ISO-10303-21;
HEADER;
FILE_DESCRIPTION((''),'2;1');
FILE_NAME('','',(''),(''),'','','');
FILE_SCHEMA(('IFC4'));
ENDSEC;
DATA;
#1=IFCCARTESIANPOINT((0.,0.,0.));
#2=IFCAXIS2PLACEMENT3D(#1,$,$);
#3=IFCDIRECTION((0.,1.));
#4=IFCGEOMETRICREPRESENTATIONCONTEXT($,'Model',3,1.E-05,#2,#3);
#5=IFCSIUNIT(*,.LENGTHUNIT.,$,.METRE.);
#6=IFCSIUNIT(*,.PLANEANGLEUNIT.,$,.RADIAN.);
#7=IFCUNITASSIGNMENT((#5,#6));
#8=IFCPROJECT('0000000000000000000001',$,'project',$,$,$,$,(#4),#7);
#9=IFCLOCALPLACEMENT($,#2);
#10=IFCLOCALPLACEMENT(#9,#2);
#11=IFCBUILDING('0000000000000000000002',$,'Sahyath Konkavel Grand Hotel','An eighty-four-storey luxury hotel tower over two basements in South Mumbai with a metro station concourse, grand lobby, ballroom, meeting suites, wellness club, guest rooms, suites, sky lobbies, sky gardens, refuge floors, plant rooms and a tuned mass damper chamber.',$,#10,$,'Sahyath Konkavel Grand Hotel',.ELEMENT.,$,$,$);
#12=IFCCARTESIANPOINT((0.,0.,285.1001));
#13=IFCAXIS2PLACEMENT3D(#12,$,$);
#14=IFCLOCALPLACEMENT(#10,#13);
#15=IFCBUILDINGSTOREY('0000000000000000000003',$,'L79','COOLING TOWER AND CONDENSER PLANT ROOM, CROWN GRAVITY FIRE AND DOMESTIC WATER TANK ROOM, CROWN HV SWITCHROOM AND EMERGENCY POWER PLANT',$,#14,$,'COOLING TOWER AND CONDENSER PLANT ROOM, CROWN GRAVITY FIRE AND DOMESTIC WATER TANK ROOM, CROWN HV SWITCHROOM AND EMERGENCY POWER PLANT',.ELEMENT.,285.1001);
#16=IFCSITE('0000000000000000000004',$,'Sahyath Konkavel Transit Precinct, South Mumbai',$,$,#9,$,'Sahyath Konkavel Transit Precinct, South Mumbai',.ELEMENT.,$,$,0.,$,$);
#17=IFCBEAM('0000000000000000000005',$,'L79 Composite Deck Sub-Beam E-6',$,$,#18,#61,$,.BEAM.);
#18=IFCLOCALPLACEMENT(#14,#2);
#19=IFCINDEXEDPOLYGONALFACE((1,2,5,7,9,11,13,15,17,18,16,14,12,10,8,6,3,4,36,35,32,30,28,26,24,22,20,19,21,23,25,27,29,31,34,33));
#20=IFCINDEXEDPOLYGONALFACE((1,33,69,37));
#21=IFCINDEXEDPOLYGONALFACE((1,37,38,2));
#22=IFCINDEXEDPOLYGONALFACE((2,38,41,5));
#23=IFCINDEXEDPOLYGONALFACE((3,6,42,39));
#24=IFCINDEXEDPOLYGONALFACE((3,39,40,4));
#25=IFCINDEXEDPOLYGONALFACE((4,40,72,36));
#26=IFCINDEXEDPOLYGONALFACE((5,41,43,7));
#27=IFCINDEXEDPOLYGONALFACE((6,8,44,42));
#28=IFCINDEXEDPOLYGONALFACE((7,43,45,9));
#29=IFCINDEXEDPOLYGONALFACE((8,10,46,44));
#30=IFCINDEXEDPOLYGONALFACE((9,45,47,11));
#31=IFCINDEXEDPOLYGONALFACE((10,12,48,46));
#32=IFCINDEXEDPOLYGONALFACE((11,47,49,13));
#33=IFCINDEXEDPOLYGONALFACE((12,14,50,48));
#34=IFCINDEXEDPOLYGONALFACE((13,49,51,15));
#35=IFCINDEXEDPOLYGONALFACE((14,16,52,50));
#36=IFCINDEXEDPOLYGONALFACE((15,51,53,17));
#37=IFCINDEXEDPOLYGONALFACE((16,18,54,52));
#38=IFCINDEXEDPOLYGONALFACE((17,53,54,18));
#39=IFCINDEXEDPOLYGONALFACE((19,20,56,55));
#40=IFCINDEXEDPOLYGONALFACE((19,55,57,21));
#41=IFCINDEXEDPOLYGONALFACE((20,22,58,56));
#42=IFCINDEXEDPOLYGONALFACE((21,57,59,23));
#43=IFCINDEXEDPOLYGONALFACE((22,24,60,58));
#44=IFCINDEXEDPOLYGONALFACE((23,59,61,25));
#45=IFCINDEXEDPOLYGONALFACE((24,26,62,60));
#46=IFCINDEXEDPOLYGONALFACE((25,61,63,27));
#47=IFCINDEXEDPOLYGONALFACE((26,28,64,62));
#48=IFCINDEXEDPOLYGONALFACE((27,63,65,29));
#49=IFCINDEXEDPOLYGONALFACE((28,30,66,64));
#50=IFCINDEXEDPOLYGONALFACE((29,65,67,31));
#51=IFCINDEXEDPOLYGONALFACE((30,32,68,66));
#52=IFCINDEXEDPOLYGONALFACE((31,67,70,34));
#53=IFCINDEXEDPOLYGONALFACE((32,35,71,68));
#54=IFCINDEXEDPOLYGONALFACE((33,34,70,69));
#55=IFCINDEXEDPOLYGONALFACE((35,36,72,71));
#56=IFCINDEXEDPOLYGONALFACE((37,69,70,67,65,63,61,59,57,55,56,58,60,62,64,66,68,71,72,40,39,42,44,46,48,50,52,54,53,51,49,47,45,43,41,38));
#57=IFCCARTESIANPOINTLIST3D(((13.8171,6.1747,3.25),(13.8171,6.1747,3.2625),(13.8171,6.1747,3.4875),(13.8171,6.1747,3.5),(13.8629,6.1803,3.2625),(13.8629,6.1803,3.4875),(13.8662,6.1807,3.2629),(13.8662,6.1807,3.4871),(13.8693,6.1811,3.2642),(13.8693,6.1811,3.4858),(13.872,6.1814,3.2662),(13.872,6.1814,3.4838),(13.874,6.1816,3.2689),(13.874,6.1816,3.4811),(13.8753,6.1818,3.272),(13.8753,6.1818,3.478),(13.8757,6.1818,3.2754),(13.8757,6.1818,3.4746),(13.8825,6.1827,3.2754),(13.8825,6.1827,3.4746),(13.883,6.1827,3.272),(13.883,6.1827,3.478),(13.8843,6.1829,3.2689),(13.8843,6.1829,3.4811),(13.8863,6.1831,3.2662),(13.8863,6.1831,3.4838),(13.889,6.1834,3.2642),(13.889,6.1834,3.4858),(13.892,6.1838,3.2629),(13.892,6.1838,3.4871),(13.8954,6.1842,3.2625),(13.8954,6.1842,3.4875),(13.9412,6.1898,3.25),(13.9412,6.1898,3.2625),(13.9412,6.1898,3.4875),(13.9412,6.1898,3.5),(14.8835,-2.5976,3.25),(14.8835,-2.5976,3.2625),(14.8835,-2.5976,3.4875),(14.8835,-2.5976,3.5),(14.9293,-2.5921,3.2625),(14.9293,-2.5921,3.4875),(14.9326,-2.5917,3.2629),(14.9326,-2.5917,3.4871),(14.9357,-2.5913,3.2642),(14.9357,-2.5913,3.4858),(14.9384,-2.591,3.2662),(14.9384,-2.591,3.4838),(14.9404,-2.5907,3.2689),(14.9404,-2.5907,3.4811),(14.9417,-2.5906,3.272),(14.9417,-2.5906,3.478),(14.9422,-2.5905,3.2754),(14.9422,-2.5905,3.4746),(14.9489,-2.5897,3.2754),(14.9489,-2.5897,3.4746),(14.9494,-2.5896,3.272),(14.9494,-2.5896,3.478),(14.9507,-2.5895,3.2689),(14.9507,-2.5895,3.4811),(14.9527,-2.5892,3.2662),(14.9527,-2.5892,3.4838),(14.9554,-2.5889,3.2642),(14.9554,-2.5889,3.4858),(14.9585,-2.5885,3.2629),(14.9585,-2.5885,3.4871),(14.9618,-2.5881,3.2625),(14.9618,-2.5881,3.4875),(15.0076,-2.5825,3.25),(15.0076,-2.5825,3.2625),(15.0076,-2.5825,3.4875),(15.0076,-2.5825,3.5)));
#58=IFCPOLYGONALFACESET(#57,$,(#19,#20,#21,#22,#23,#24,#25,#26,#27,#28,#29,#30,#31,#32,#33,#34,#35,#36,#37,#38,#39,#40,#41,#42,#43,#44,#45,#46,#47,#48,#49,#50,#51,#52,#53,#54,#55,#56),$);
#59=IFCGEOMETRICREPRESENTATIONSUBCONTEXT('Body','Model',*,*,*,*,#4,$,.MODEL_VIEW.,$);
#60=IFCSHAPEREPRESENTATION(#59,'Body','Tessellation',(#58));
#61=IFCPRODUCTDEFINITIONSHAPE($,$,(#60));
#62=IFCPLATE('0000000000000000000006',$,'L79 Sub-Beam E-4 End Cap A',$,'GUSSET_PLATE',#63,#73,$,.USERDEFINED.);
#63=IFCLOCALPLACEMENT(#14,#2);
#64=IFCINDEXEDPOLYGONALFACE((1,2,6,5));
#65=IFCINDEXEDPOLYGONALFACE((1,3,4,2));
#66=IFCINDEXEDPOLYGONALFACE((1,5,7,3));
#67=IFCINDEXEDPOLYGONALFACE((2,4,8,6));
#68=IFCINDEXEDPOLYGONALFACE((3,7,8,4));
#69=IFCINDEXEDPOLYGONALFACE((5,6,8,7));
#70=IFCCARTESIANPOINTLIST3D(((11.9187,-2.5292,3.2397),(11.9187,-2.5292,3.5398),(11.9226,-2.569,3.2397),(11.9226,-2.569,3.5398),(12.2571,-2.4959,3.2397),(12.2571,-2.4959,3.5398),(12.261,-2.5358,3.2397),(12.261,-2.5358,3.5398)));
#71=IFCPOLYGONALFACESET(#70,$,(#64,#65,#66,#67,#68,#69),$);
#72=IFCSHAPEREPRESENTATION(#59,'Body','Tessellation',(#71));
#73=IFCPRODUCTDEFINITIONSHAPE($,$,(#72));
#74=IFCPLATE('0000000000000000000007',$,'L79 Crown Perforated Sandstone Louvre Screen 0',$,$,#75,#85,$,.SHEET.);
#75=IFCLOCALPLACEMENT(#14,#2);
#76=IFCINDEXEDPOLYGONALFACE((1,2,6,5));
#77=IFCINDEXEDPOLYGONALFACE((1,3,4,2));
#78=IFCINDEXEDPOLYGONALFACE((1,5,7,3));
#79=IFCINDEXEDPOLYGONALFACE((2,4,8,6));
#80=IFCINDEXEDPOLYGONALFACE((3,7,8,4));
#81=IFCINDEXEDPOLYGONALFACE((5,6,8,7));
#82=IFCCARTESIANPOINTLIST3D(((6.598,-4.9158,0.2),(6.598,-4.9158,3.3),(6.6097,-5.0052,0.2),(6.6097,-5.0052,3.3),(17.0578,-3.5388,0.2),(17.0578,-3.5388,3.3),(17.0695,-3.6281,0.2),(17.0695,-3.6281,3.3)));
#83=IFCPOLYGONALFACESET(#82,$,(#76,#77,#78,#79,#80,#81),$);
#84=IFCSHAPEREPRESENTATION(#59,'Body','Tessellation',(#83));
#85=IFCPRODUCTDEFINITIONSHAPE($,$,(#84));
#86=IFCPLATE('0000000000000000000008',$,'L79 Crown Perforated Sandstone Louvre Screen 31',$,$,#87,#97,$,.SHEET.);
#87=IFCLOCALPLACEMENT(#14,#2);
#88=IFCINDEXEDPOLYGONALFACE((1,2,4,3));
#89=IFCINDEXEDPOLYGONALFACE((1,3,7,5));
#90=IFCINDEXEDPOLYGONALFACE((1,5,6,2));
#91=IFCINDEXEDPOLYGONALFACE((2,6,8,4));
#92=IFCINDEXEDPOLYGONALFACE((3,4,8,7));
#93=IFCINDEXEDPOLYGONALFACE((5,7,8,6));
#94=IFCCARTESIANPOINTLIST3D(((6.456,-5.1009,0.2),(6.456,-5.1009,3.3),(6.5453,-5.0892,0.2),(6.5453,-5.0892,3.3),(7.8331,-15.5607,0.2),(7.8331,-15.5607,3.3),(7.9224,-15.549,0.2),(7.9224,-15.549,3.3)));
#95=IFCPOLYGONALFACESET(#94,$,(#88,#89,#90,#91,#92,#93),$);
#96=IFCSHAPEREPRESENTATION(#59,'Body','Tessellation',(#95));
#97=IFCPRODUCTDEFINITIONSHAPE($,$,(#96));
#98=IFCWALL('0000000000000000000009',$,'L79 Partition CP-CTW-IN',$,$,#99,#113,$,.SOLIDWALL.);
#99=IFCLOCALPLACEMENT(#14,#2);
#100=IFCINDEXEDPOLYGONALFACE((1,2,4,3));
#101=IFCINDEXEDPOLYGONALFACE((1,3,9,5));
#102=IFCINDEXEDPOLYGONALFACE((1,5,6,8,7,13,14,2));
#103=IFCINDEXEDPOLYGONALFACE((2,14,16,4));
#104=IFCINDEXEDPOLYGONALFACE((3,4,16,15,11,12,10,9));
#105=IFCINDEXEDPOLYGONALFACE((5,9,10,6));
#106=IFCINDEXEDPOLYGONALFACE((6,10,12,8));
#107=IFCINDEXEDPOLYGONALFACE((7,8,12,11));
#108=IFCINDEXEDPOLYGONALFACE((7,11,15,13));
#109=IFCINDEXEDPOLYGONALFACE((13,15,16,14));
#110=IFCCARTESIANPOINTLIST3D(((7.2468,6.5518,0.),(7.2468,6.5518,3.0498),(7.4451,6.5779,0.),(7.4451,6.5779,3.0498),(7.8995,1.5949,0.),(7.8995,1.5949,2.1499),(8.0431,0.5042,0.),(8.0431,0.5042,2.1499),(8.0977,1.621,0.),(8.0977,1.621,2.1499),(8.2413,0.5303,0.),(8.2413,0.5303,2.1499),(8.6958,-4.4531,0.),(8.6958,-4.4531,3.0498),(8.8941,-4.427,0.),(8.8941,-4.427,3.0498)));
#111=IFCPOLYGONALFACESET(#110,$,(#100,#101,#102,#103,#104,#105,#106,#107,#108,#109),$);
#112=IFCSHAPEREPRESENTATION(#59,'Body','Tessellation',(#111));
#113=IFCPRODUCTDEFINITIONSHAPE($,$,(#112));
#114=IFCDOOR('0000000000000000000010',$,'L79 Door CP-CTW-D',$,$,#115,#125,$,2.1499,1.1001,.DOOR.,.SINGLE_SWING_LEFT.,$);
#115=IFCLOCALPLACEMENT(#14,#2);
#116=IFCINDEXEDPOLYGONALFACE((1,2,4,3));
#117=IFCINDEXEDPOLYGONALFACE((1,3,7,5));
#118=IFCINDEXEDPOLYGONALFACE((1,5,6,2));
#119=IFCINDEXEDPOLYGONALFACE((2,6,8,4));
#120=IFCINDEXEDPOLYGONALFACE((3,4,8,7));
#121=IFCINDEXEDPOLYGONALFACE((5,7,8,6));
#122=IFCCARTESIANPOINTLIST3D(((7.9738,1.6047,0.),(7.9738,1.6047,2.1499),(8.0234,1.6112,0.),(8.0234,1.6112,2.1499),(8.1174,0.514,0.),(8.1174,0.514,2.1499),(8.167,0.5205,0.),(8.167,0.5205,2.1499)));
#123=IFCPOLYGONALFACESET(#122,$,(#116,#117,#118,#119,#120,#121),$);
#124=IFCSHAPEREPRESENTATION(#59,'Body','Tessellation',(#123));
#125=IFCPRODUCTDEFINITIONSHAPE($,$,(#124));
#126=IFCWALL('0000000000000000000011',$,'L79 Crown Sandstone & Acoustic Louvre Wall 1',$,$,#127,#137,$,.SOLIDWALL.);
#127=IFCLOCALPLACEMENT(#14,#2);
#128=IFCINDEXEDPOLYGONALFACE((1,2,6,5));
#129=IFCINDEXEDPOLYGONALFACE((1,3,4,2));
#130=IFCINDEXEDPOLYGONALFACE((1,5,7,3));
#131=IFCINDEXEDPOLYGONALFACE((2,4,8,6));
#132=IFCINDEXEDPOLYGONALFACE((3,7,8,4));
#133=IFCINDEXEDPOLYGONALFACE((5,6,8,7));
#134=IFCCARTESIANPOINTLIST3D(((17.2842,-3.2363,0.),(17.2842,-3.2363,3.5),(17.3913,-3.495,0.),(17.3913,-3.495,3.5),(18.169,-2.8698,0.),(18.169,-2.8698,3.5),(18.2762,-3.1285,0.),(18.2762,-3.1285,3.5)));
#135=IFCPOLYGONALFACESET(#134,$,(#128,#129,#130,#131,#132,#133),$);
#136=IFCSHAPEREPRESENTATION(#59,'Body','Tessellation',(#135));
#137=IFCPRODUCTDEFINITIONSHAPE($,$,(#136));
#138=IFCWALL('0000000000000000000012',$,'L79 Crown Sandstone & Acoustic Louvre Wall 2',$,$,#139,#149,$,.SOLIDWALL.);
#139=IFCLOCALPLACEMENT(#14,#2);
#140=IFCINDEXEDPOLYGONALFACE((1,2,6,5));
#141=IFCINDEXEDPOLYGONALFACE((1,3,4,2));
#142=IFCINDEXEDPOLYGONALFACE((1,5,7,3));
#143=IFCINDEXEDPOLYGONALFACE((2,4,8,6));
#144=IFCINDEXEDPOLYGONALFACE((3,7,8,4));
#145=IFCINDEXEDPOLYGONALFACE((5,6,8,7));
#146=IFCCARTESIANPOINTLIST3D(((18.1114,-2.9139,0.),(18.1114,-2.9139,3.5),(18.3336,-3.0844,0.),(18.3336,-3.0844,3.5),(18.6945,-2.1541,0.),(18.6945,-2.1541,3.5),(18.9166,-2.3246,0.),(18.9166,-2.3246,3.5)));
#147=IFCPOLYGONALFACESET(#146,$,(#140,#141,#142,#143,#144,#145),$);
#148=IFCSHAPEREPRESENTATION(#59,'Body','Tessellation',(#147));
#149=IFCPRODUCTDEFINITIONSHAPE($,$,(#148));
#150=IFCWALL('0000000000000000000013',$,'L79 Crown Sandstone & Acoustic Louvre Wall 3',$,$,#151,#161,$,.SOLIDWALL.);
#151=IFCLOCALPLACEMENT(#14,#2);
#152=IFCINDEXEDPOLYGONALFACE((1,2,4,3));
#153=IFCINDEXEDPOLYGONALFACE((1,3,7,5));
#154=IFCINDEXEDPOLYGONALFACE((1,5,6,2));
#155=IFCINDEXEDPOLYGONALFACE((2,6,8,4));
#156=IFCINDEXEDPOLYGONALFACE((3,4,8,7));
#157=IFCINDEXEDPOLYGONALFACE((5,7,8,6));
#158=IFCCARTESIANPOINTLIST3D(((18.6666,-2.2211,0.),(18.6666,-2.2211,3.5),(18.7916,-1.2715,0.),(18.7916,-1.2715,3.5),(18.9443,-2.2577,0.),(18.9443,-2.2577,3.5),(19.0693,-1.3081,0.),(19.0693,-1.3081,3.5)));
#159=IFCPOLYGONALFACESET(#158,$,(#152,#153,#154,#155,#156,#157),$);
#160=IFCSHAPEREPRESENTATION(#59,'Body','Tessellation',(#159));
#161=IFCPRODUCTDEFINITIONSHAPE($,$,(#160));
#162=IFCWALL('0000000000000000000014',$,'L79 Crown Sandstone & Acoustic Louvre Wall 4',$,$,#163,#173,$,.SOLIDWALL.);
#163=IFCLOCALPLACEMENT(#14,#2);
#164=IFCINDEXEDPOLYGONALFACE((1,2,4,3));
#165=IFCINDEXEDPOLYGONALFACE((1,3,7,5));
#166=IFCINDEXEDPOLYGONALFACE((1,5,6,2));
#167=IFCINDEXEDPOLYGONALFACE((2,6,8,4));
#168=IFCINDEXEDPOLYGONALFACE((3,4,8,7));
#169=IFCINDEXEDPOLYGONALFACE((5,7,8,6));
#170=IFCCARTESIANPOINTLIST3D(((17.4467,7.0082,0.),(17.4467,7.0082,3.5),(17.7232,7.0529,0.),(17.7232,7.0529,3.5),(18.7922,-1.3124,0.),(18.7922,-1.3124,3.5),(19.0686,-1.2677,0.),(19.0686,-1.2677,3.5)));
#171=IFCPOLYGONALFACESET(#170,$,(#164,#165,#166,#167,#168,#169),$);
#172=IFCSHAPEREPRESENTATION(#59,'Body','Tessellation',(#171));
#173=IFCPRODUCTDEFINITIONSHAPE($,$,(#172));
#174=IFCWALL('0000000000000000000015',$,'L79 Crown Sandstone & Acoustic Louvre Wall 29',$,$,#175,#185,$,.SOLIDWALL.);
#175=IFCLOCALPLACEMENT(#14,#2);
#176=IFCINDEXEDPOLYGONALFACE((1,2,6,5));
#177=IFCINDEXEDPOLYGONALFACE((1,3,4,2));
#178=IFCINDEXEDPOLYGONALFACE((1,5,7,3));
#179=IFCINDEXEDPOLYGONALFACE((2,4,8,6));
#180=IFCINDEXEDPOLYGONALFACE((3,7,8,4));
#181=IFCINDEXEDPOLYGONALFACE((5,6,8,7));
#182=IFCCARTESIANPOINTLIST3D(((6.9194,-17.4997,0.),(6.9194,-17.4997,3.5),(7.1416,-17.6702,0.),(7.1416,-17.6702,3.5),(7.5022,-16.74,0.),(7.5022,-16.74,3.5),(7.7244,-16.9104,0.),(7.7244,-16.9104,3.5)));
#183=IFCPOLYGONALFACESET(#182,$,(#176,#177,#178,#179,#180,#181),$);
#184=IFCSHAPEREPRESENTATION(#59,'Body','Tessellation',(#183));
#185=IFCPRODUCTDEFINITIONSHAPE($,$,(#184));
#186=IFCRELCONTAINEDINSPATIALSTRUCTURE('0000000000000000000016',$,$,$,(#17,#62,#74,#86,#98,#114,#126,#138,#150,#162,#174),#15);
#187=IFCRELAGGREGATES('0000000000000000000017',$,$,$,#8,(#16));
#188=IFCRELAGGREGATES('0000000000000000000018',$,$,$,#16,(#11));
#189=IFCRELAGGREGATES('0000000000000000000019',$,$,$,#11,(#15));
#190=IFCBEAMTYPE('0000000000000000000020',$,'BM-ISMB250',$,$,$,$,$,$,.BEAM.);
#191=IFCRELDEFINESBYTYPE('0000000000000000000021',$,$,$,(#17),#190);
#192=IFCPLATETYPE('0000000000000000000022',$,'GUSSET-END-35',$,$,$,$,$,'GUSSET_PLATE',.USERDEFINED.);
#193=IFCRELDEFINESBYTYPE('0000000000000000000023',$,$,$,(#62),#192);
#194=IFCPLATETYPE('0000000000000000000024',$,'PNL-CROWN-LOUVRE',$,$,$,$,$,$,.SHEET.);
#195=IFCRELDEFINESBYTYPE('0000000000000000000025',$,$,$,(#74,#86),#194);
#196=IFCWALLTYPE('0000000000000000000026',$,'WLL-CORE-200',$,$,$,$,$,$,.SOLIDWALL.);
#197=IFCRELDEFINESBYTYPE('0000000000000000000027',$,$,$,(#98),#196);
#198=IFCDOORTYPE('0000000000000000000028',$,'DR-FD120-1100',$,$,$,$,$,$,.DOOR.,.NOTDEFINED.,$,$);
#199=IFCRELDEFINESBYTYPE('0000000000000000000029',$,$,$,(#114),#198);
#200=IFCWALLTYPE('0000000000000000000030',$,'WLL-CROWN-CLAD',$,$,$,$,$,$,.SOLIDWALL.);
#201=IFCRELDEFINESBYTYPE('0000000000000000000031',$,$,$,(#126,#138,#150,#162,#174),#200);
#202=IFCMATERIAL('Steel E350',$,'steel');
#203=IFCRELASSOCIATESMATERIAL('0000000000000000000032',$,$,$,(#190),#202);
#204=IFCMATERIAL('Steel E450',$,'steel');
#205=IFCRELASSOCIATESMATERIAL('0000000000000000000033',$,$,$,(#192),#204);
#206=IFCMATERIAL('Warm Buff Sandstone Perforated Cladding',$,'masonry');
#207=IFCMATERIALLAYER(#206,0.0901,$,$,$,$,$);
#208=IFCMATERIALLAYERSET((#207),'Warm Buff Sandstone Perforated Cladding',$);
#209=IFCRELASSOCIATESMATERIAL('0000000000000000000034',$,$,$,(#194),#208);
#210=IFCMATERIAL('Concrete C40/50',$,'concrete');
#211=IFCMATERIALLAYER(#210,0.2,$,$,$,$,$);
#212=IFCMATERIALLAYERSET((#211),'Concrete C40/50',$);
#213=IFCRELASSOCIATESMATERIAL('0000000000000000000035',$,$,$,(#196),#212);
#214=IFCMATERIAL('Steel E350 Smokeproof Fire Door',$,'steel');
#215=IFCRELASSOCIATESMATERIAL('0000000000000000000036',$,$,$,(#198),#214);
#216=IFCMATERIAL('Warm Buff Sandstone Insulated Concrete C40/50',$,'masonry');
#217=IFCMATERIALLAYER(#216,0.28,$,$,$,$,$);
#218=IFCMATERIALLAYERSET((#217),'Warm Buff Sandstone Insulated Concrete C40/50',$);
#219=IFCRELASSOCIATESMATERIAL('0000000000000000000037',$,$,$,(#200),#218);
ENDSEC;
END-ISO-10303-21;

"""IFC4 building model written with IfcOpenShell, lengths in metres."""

from ifc_helpers import new_model, si_unit, direction, frame, frame_2d, origin, origin_2d, place, context, subcontext, project, spatial, rectangle, i_section, extrude, source, transform, mapped, material, layer, layer_set, material_profile, profile_set, type_object, element, fill, save


model = new_model("IFC4")

# Units and contexts
model_context = context("Model", 3, precision=1e-05, world=origin(), true_north=direction((0.0, 1.0)))
body_context = subcontext(model_context, "Body", "Model", "MODEL_VIEW")
ifc_project = project(units=[si_unit("LENGTHUNIT", "METRE"), si_unit("PLANEANGLEUNIT", "RADIAN")], contexts=[model_context])

# Site, building, storey
site_placement = place(None, origin())
site = spatial("IfcSite", under=ifc_project, at=site_placement, Name="Sahyath Konkavel Transit Precinct, South Mumbai", LongName="Sahyath Konkavel Transit Precinct, South Mumbai", CompositionType="ELEMENT", RefElevation=0.0)
building_placement = place(site_placement, origin())
building = spatial("IfcBuilding", under=site, at=building_placement, Name="Sahyath Konkavel Grand Hotel", Description="An eighty-four-storey luxury hotel tower over two basements in South Mumbai with a metro station concourse, grand lobby, ballroom, meeting suites, wellness club, guest rooms, suites, sky lobbies, sky gardens, refuge floors, plant rooms and a tuned mass damper chamber.", LongName="Sahyath Konkavel Grand Hotel", CompositionType="ELEMENT")
storey_placement = place(building_placement, frame((0.0, 0.0, 285.1001)))
storey = spatial("IfcBuildingStorey", under=building, at=storey_placement, Name="L79", Description="COOLING TOWER AND CONDENSER PLANT ROOM, CROWN GRAVITY FIRE AND DOMESTIC WATER TANK ROOM, CROWN HV SWITCHROOM AND EMERGENCY POWER PLANT", LongName="COOLING TOWER AND CONDENSER PLANT ROOM, CROWN GRAVITY FIRE AND DOMESTIC WATER TANK ROOM, CROWN HV SWITCHROOM AND EMERGENCY POWER PLANT", CompositionType="ELEMENT", Elevation=285.1001)

# Shared definitions
ifc_material_1 = material(Name="Concrete C40/50", Category="concrete")

# Beam
ifc_material_2 = material(Name="Steel E350", Category="steel")
ifc_material_profile_1 = material_profile(ifc_material_2, i_section(OverallWidth=0.125, OverallDepth=0.25, WebThickness=0.0068, FlangeThickness=0.0125, FilletRadius=0.0129, at=origin_2d()), Name="ISMB 250")
ifc_profile_set_1 = profile_set([ifc_material_profile_1], Name="Steel E350")
beam_type_1 = type_object("IfcBeamType", Name="BM-ISMB250", PredefinedType="BEAM", material=ifc_profile_set_1)
shared_shape_1 = source(origin(), body_context, "Body", "SweptSolid", [
    extrude(i_section(OverallWidth=0.125, OverallDepth=0.25, WebThickness=0.0068, FlangeThickness=0.0125, FilletRadius=0.0129, at=origin_2d()), origin(), (0.0, 0.0, 1.0), 8.8369),
])
beam_1_placement = place(storey_placement, frame((14.9456, -2.5901, 3.375), z_axis=(-0.120678, 0.992692, 0.0), x_axis=(-0.992692, -0.120678, 0.0)))
element("IfcBeam", 1, at=beam_1_placement, inside=storey, type_object=beam_type_1, Name="L79 Composite Deck Sub-Beam E-6", PredefinedType="BEAM", context=body_context, shape_type="MappedRepresentation", body=[
    mapped(shared_shape_1, transform((0.0, 0.0, 0.0), scale=1.0)),
])

# Plates
ifc_material_3 = material(Name="Steel E450", Category="steel")
plate_type_1 = type_object("IfcPlateType", Name="GUSSET-END-35", ElementType="GUSSET_PLATE", PredefinedType="USERDEFINED", material=ifc_material_3)
shared_shape_2 = source(origin(), body_context, "Body", "SweptSolid", [
    extrude(rectangle(XDim=0.04, YDim=0.3401, at=origin_2d()), origin(), (0.0, 0.0, 1.0), 0.3),
])
plate_placement = place(storey_placement, frame((12.0898, -2.5325, 3.2397), z_axis=(0.0, 0.0, 1.0), x_axis=(-0.097791, 0.995207, 0.0)))
element("IfcPlate", 2, at=plate_placement, inside=storey, type_object=plate_type_1, Name="L79 Sub-Beam E-4 End Cap A", ObjectType="GUSSET_PLATE", PredefinedType="USERDEFINED", context=body_context, shape_type="MappedRepresentation", body=[
    mapped(shared_shape_2, transform((0.0, 0.0, 0.0), scale=1.0)),
])
ifc_material_4 = material(Name="Warm Buff Sandstone Perforated Cladding", Category="masonry")
ifc_layer_1 = layer(ifc_material_4, 0.0901)
ifc_layer_set_1 = layer_set([ifc_layer_1], Name="Warm Buff Sandstone Perforated Cladding")
plate_type_2 = type_object("IfcPlateType", Name="PNL-CROWN-LOUVRE", PredefinedType="SHEET", material=ifc_layer_set_1)
shared_shape_3 = source(origin(), body_context, "Body", "SweptSolid", [
    extrude(rectangle(XDim=10.55, YDim=0.0901, at=origin_2d()), origin(), (0.0, 0.0, 1.0), 3.1001),
])
for number, where, z_axis, x_axis, name in (
    (3, (11.8337, -4.272, 0.2), (0.0, 0.0, 1.0), (0.991445, 0.130526, 0.0), "L79 Crown Perforated Sandstone Louvre Screen 0"),
    (4, (7.1892, -10.325, 0.2), (0.0, 0.0, 1.0), (-0.130526, 0.991445, 0.0), "L79 Crown Perforated Sandstone Louvre Screen 31"),
):
    element("IfcPlate", number, at=place(storey_placement, frame(where, z_axis=z_axis, x_axis=x_axis)), inside=storey, type_object=plate_type_2, Name=name, PredefinedType="SHEET", context=body_context, shape_type="MappedRepresentation", body=[
        mapped(shared_shape_3, transform((0.0, 0.0, 0.0), scale=1.0)),
    ])

# Wall, opening, door
ifc_layer_2 = layer(ifc_material_1, 0.2)
ifc_layer_set_2 = layer_set([ifc_layer_2], Name="Concrete C40/50")
wall_type_1 = type_object("IfcWallType", Name="WLL-CORE-200", PredefinedType="SOLIDWALL", material=ifc_layer_set_2)
wall_1_placement = place(storey_placement, frame((8.7949, -4.4399, 0.0), z_axis=(0.0, 0.0, 1.0), x_axis=(-0.13054, 0.991443, 0.0)))
wall_1 = element("IfcWall", 5, at=wall_1_placement, inside=storey, type_object=wall_type_1, Name="L79 Partition CP-CTW-IN", PredefinedType="SOLIDWALL", context=body_context, shape_type="SweptSolid", body=[
    extrude(rectangle(XDim=11.0999, YDim=0.2, at=frame_2d((5.5498, 0.0))), origin(), (0.0, 0.0, 1.0), 3.0498),
])
opening_placement = place(wall_1_placement, frame((5.0, 0.0, 0.0)))
opening = element("IfcOpeningElement", 6, at=opening_placement, cuts=wall_1, PredefinedType="OPENING", context=body_context, shape_type="SweptSolid", body=[
    extrude(rectangle(XDim=1.1001, YDim=2.1499, at=frame_2d((0.55, 1.075))), frame((0.0, 0.1099, 0.0), z_axis=(0.0, -1.0, 0.0), x_axis=(1.0, 0.0, 0.0)), (0.0, 0.0, 1.0), 0.22),
])
ifc_material_5 = material(Name="Steel E350 Smokeproof Fire Door", Category="steel")
door_type = type_object("IfcDoorType", Name="DR-FD120-1100", OperationType="NOTDEFINED", PredefinedType="DOOR", material=ifc_material_5)
shared_shape_4 = source(origin(), body_context, "Body", "SweptSolid", [
    extrude(rectangle(XDim=1.1001, YDim=0.05, at=origin_2d()), origin(), (0.0, 0.0, 1.0), 2.1499),
])
door_placement = place(opening_placement, frame((0.55, 0.0, 0.0)))
door = element("IfcDoor", 7, at=door_placement, inside=storey, type_object=door_type, Name="L79 Door CP-CTW-D", OperationType="SINGLE_SWING_LEFT", OverallHeight=2.1499, OverallWidth=1.1001, PredefinedType="DOOR", context=body_context, shape_type="MappedRepresentation", body=[
    mapped(shared_shape_4, transform((0.0, 0.0, 0.0), scale=1.0)),
])
fill(opening, door)

# Walls
ifc_material_6 = material(Name="Warm Buff Sandstone Insulated Concrete C40/50", Category="masonry")
ifc_layer_3 = layer(ifc_material_6, 0.28)
ifc_layer_set_3 = layer_set([ifc_layer_3], Name="Warm Buff Sandstone Insulated Concrete C40/50")
wall_type_2 = type_object("IfcWallType", Name="WLL-CROWN-CLAD", PredefinedType="SOLIDWALL", material=ifc_layer_set_3)
for number, where, z_axis, x_axis, name in (
    (8, (17.3376, -3.3657, 0.0), (0.0, 0.0, 1.0), (0.923889, 0.38266, 0.0), "L79 Crown Sandstone & Acoustic Louvre Wall 1"),
    (9, (18.2224, -2.9993, 0.0), (0.0, 0.0, 1.0), (0.608774, 0.793344, 0.0), "L79 Crown Sandstone & Acoustic Louvre Wall 2"),
    (10, (18.8054, -2.2395, 0.0), (0.0, 0.0, 1.0), (0.130527, 0.991445, 0.0), "L79 Crown Sandstone & Acoustic Louvre Wall 3"),
):
    element("IfcWall", number, at=place(storey_placement, frame(where, z_axis=z_axis, x_axis=x_axis)), inside=storey, type_object=wall_type_2, Name=name, PredefinedType="SOLIDWALL", context=body_context, shape_type="SweptSolid", body=[
        extrude(rectangle(XDim=0.9578, YDim=0.28, at=frame_2d((0.479, 0.0))), origin(), (0.0, 0.0, 1.0), 3.5),
    ])
wall_2_placement = place(storey_placement, frame((18.9304, -1.29, 0.0), z_axis=(0.0, 0.0, 1.0), x_axis=(-0.159629, 0.987177, 0.0)))
element("IfcWall", 11, at=wall_2_placement, inside=storey, type_object=wall_type_2, Name="L79 Crown Sandstone & Acoustic Louvre Wall 4", PredefinedType="SOLIDWALL", context=body_context, shape_type="SweptSolid", body=[
    extrude(rectangle(XDim=8.4287, YDim=0.28, at=frame_2d((4.2144, 0.0))), origin(), (0.0, 0.0, 1.0), 3.5),
])
wall_3_placement = place(storey_placement, frame((7.0305, -17.585, 0.0), z_axis=(0.0, 0.0, 1.0), x_axis=(0.608614, 0.793467, 0.0)))
element("IfcWall", 12, at=wall_3_placement, inside=storey, type_object=wall_type_2, Name="L79 Crown Sandstone & Acoustic Louvre Wall 29", PredefinedType="SOLIDWALL", context=body_context, shape_type="SweptSolid", body=[
    extrude(rectangle(XDim=0.9575, YDim=0.28, at=frame_2d((0.4788, 0.0))), origin(), (0.0, 0.0, 1.0), 3.5),
])

save(model, "model.ifc")
